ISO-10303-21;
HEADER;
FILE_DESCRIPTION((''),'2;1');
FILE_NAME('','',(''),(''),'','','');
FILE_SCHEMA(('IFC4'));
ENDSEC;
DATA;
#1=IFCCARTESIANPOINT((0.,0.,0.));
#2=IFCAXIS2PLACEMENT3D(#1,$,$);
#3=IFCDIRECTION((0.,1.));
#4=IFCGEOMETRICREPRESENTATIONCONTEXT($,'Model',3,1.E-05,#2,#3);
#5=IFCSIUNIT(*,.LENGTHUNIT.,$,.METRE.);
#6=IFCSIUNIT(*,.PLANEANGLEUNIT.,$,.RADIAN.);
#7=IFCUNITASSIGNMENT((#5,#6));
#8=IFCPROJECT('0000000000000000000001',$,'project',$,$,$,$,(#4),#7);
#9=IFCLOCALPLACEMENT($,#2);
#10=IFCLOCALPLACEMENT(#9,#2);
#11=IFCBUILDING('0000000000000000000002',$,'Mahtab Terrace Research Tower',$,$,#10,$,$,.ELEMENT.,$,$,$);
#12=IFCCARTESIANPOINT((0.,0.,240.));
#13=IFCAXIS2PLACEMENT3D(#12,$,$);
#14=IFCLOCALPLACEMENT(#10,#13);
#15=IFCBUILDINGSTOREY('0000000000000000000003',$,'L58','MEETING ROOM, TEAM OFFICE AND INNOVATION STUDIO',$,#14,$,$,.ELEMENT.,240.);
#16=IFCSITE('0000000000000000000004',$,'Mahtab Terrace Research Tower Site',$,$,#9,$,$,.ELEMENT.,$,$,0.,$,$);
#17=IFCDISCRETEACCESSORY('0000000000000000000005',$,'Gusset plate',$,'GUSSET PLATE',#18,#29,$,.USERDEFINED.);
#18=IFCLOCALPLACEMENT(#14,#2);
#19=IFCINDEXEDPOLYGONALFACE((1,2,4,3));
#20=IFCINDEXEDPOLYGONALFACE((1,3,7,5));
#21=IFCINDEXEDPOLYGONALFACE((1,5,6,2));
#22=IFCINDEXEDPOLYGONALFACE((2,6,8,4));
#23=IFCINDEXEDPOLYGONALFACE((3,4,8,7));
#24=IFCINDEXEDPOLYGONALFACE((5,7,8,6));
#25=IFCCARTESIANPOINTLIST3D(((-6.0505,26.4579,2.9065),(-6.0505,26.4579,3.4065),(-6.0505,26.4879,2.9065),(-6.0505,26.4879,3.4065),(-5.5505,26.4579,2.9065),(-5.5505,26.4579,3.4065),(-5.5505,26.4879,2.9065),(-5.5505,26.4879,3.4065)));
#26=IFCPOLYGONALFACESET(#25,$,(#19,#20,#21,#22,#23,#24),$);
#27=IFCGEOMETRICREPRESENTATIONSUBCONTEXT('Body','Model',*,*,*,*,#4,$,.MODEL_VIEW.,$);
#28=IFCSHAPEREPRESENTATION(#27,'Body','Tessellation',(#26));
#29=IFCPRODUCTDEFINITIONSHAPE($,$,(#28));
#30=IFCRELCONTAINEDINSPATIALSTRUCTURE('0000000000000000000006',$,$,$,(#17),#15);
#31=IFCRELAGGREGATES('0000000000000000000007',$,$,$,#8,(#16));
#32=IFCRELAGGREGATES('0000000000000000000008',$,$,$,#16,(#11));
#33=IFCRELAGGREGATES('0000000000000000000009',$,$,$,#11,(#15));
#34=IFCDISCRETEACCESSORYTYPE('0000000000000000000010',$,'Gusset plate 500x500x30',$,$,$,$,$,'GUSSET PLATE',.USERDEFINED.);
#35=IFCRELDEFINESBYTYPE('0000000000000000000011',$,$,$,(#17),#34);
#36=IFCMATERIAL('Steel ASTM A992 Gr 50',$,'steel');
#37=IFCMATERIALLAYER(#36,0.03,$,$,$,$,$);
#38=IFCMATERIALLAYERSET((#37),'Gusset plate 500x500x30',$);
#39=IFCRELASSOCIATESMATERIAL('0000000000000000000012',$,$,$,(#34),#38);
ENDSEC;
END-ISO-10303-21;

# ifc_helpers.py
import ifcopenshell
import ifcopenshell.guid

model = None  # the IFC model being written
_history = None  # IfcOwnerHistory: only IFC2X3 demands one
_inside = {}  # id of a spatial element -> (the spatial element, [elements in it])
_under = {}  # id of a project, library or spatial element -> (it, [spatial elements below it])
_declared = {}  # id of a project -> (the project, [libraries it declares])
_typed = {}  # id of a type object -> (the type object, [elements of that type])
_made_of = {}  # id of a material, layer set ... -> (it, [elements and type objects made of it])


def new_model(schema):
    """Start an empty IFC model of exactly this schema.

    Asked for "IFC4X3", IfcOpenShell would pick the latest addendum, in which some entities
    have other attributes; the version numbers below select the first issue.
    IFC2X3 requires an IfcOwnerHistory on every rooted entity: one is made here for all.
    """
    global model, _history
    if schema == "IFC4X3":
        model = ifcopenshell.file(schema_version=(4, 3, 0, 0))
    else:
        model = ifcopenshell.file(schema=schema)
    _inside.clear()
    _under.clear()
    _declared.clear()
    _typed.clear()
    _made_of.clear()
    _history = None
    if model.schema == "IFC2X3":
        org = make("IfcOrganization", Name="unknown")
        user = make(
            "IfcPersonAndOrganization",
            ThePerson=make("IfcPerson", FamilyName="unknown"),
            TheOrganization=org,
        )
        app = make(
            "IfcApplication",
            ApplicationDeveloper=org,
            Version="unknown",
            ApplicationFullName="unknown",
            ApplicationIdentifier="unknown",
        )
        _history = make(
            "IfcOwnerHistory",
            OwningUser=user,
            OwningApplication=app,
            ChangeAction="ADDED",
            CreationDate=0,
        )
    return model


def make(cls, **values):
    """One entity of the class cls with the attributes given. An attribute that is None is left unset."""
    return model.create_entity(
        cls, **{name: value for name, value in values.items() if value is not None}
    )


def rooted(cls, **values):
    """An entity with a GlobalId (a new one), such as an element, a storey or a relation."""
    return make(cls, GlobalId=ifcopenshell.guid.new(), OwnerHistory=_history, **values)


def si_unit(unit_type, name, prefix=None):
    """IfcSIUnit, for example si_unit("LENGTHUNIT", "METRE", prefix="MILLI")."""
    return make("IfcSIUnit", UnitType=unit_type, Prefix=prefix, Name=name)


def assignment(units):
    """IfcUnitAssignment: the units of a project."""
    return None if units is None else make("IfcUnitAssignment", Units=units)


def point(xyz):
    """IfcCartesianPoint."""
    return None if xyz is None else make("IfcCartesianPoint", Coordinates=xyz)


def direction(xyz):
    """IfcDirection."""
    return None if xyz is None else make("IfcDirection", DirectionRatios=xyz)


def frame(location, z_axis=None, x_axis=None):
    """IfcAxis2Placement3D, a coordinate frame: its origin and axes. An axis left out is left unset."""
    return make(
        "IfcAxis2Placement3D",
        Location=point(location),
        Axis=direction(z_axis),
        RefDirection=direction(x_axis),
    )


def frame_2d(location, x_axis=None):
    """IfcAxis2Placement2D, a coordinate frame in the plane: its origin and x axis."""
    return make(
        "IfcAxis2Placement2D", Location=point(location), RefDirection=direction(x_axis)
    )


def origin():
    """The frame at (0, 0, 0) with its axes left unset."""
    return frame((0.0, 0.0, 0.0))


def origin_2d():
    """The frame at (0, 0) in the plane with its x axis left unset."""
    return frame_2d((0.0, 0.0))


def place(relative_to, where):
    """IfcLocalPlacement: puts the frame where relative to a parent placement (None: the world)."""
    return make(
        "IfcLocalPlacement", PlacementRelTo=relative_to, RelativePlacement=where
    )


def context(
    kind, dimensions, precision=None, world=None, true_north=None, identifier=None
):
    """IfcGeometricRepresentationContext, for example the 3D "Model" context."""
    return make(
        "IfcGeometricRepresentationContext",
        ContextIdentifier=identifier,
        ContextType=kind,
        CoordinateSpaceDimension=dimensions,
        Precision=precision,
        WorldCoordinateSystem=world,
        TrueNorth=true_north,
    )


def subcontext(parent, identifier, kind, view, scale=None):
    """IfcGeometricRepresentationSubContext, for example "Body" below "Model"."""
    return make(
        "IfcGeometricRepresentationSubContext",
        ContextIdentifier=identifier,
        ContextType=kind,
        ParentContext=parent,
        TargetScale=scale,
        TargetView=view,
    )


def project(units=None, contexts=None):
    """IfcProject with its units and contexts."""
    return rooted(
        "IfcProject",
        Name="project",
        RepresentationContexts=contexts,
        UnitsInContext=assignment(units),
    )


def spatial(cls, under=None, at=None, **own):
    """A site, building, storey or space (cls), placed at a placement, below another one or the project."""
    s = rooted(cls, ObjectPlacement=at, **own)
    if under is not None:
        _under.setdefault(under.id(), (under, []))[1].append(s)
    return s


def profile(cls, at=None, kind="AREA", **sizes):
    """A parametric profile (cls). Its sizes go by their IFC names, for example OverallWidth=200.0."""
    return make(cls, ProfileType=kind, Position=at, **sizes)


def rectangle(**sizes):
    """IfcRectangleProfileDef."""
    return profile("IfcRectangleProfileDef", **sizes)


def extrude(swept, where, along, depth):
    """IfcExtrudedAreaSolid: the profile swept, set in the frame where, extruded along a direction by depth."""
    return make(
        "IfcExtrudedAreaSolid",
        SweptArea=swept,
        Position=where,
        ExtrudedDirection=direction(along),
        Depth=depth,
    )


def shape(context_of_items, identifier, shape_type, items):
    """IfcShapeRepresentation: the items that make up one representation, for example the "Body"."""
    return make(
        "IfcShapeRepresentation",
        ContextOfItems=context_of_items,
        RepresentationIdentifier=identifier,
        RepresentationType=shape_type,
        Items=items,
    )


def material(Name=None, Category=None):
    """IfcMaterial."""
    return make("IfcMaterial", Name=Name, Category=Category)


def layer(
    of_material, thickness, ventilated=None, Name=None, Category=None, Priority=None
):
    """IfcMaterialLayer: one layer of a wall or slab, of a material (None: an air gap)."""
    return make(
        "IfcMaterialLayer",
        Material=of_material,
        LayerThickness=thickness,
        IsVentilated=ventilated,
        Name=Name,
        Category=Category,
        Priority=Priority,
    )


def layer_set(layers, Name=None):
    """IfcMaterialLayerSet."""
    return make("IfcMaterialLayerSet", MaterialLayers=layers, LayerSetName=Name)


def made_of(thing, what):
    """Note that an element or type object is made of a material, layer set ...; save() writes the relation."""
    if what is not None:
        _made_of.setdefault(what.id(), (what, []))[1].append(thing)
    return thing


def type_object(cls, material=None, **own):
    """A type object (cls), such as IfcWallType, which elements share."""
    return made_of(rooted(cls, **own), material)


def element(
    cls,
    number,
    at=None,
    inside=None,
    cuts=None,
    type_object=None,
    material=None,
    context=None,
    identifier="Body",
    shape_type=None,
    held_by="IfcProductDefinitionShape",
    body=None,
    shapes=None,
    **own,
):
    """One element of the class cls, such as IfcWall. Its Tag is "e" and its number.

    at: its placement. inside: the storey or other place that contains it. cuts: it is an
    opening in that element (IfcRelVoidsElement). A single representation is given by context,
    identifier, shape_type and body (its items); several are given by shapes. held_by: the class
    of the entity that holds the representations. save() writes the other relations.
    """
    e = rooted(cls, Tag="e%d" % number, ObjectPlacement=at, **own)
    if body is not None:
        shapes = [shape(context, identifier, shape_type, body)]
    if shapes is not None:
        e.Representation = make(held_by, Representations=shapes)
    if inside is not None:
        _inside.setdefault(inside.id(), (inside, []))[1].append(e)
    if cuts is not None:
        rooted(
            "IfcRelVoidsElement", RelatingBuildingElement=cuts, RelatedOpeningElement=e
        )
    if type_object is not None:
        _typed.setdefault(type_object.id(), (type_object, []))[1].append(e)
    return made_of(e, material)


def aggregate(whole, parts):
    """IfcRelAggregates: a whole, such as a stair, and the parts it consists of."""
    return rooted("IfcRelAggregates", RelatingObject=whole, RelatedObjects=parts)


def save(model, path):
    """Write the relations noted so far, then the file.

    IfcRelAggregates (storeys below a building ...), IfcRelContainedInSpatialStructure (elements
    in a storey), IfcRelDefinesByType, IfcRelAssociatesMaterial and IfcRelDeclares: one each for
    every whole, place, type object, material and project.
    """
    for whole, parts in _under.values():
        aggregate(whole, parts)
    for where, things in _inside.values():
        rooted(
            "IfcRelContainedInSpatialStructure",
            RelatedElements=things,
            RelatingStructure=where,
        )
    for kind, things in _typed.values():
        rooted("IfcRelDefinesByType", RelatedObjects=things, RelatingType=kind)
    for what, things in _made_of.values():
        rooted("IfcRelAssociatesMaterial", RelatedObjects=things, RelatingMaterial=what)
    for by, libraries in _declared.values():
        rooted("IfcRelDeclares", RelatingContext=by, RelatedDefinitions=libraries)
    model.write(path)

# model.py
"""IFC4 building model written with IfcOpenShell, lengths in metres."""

from ifc_helpers import new_model, si_unit, direction, frame, origin, origin_2d, place, context, subcontext, project, spatial, rectangle, extrude, material, layer, layer_set, type_object, element, save


model = new_model("IFC4")

# Units and contexts
model_context = context("Model", 3, precision=1e-05, world=origin(), true_north=direction((0.0, 1.0)))
body_context = subcontext(model_context, "Body", "Model", "MODEL_VIEW")
ifc_project = project(units=[si_unit("LENGTHUNIT", "METRE"), si_unit("PLANEANGLEUNIT", "RADIAN")], contexts=[model_context])

# Site, building, storey
site_placement = place(None, origin())
site = spatial("IfcSite", under=ifc_project, at=site_placement, Name="Mahtab Terrace Research Tower Site", CompositionType="ELEMENT", RefElevation=0.0)
building_placement = place(site_placement, origin())
building = spatial("IfcBuilding", under=site, at=building_placement, Name="Mahtab Terrace Research Tower", CompositionType="ELEMENT")
storey_placement = place(building_placement, frame((0.0, 0.0, 240.0)))
storey = spatial("IfcBuildingStorey", under=building, at=storey_placement, Name="L58", Description="MEETING ROOM, TEAM OFFICE AND INNOVATION STUDIO", CompositionType="ELEMENT", Elevation=240.0)

# Shared definitions
ifc_material_1 = material(Name="Steel ASTM A992 Gr 50", Category="steel")

# Discrete accessory
ifc_layer_1 = layer(ifc_material_1, 0.03)
ifc_layer_set_1 = layer_set([ifc_layer_1], Name="Gusset plate 500x500x30")
discrete_accessory_type = type_object("IfcDiscreteAccessoryType", Name="Gusset plate 500x500x30", ElementType="GUSSET PLATE", PredefinedType="USERDEFINED", material=ifc_layer_set_1)
discrete_accessory_placement = place(storey_placement, frame((-5.8005, 26.4729, 2.9065), z_axis=(0.0, 0.0, 1.0), x_axis=(1.0, 0.0, 0.0)))
element("IfcDiscreteAccessory", 1, at=discrete_accessory_placement, inside=storey, type_object=discrete_accessory_type, Name="Gusset plate", ObjectType="GUSSET PLATE", PredefinedType="USERDEFINED", context=body_context, shape_type="SweptSolid", body=[
    extrude(rectangle(XDim=0.5, YDim=0.03, at=origin_2d()), origin(), (0.0, 0.0, 1.0), 0.5),
])

save(model, "model.ifc")
